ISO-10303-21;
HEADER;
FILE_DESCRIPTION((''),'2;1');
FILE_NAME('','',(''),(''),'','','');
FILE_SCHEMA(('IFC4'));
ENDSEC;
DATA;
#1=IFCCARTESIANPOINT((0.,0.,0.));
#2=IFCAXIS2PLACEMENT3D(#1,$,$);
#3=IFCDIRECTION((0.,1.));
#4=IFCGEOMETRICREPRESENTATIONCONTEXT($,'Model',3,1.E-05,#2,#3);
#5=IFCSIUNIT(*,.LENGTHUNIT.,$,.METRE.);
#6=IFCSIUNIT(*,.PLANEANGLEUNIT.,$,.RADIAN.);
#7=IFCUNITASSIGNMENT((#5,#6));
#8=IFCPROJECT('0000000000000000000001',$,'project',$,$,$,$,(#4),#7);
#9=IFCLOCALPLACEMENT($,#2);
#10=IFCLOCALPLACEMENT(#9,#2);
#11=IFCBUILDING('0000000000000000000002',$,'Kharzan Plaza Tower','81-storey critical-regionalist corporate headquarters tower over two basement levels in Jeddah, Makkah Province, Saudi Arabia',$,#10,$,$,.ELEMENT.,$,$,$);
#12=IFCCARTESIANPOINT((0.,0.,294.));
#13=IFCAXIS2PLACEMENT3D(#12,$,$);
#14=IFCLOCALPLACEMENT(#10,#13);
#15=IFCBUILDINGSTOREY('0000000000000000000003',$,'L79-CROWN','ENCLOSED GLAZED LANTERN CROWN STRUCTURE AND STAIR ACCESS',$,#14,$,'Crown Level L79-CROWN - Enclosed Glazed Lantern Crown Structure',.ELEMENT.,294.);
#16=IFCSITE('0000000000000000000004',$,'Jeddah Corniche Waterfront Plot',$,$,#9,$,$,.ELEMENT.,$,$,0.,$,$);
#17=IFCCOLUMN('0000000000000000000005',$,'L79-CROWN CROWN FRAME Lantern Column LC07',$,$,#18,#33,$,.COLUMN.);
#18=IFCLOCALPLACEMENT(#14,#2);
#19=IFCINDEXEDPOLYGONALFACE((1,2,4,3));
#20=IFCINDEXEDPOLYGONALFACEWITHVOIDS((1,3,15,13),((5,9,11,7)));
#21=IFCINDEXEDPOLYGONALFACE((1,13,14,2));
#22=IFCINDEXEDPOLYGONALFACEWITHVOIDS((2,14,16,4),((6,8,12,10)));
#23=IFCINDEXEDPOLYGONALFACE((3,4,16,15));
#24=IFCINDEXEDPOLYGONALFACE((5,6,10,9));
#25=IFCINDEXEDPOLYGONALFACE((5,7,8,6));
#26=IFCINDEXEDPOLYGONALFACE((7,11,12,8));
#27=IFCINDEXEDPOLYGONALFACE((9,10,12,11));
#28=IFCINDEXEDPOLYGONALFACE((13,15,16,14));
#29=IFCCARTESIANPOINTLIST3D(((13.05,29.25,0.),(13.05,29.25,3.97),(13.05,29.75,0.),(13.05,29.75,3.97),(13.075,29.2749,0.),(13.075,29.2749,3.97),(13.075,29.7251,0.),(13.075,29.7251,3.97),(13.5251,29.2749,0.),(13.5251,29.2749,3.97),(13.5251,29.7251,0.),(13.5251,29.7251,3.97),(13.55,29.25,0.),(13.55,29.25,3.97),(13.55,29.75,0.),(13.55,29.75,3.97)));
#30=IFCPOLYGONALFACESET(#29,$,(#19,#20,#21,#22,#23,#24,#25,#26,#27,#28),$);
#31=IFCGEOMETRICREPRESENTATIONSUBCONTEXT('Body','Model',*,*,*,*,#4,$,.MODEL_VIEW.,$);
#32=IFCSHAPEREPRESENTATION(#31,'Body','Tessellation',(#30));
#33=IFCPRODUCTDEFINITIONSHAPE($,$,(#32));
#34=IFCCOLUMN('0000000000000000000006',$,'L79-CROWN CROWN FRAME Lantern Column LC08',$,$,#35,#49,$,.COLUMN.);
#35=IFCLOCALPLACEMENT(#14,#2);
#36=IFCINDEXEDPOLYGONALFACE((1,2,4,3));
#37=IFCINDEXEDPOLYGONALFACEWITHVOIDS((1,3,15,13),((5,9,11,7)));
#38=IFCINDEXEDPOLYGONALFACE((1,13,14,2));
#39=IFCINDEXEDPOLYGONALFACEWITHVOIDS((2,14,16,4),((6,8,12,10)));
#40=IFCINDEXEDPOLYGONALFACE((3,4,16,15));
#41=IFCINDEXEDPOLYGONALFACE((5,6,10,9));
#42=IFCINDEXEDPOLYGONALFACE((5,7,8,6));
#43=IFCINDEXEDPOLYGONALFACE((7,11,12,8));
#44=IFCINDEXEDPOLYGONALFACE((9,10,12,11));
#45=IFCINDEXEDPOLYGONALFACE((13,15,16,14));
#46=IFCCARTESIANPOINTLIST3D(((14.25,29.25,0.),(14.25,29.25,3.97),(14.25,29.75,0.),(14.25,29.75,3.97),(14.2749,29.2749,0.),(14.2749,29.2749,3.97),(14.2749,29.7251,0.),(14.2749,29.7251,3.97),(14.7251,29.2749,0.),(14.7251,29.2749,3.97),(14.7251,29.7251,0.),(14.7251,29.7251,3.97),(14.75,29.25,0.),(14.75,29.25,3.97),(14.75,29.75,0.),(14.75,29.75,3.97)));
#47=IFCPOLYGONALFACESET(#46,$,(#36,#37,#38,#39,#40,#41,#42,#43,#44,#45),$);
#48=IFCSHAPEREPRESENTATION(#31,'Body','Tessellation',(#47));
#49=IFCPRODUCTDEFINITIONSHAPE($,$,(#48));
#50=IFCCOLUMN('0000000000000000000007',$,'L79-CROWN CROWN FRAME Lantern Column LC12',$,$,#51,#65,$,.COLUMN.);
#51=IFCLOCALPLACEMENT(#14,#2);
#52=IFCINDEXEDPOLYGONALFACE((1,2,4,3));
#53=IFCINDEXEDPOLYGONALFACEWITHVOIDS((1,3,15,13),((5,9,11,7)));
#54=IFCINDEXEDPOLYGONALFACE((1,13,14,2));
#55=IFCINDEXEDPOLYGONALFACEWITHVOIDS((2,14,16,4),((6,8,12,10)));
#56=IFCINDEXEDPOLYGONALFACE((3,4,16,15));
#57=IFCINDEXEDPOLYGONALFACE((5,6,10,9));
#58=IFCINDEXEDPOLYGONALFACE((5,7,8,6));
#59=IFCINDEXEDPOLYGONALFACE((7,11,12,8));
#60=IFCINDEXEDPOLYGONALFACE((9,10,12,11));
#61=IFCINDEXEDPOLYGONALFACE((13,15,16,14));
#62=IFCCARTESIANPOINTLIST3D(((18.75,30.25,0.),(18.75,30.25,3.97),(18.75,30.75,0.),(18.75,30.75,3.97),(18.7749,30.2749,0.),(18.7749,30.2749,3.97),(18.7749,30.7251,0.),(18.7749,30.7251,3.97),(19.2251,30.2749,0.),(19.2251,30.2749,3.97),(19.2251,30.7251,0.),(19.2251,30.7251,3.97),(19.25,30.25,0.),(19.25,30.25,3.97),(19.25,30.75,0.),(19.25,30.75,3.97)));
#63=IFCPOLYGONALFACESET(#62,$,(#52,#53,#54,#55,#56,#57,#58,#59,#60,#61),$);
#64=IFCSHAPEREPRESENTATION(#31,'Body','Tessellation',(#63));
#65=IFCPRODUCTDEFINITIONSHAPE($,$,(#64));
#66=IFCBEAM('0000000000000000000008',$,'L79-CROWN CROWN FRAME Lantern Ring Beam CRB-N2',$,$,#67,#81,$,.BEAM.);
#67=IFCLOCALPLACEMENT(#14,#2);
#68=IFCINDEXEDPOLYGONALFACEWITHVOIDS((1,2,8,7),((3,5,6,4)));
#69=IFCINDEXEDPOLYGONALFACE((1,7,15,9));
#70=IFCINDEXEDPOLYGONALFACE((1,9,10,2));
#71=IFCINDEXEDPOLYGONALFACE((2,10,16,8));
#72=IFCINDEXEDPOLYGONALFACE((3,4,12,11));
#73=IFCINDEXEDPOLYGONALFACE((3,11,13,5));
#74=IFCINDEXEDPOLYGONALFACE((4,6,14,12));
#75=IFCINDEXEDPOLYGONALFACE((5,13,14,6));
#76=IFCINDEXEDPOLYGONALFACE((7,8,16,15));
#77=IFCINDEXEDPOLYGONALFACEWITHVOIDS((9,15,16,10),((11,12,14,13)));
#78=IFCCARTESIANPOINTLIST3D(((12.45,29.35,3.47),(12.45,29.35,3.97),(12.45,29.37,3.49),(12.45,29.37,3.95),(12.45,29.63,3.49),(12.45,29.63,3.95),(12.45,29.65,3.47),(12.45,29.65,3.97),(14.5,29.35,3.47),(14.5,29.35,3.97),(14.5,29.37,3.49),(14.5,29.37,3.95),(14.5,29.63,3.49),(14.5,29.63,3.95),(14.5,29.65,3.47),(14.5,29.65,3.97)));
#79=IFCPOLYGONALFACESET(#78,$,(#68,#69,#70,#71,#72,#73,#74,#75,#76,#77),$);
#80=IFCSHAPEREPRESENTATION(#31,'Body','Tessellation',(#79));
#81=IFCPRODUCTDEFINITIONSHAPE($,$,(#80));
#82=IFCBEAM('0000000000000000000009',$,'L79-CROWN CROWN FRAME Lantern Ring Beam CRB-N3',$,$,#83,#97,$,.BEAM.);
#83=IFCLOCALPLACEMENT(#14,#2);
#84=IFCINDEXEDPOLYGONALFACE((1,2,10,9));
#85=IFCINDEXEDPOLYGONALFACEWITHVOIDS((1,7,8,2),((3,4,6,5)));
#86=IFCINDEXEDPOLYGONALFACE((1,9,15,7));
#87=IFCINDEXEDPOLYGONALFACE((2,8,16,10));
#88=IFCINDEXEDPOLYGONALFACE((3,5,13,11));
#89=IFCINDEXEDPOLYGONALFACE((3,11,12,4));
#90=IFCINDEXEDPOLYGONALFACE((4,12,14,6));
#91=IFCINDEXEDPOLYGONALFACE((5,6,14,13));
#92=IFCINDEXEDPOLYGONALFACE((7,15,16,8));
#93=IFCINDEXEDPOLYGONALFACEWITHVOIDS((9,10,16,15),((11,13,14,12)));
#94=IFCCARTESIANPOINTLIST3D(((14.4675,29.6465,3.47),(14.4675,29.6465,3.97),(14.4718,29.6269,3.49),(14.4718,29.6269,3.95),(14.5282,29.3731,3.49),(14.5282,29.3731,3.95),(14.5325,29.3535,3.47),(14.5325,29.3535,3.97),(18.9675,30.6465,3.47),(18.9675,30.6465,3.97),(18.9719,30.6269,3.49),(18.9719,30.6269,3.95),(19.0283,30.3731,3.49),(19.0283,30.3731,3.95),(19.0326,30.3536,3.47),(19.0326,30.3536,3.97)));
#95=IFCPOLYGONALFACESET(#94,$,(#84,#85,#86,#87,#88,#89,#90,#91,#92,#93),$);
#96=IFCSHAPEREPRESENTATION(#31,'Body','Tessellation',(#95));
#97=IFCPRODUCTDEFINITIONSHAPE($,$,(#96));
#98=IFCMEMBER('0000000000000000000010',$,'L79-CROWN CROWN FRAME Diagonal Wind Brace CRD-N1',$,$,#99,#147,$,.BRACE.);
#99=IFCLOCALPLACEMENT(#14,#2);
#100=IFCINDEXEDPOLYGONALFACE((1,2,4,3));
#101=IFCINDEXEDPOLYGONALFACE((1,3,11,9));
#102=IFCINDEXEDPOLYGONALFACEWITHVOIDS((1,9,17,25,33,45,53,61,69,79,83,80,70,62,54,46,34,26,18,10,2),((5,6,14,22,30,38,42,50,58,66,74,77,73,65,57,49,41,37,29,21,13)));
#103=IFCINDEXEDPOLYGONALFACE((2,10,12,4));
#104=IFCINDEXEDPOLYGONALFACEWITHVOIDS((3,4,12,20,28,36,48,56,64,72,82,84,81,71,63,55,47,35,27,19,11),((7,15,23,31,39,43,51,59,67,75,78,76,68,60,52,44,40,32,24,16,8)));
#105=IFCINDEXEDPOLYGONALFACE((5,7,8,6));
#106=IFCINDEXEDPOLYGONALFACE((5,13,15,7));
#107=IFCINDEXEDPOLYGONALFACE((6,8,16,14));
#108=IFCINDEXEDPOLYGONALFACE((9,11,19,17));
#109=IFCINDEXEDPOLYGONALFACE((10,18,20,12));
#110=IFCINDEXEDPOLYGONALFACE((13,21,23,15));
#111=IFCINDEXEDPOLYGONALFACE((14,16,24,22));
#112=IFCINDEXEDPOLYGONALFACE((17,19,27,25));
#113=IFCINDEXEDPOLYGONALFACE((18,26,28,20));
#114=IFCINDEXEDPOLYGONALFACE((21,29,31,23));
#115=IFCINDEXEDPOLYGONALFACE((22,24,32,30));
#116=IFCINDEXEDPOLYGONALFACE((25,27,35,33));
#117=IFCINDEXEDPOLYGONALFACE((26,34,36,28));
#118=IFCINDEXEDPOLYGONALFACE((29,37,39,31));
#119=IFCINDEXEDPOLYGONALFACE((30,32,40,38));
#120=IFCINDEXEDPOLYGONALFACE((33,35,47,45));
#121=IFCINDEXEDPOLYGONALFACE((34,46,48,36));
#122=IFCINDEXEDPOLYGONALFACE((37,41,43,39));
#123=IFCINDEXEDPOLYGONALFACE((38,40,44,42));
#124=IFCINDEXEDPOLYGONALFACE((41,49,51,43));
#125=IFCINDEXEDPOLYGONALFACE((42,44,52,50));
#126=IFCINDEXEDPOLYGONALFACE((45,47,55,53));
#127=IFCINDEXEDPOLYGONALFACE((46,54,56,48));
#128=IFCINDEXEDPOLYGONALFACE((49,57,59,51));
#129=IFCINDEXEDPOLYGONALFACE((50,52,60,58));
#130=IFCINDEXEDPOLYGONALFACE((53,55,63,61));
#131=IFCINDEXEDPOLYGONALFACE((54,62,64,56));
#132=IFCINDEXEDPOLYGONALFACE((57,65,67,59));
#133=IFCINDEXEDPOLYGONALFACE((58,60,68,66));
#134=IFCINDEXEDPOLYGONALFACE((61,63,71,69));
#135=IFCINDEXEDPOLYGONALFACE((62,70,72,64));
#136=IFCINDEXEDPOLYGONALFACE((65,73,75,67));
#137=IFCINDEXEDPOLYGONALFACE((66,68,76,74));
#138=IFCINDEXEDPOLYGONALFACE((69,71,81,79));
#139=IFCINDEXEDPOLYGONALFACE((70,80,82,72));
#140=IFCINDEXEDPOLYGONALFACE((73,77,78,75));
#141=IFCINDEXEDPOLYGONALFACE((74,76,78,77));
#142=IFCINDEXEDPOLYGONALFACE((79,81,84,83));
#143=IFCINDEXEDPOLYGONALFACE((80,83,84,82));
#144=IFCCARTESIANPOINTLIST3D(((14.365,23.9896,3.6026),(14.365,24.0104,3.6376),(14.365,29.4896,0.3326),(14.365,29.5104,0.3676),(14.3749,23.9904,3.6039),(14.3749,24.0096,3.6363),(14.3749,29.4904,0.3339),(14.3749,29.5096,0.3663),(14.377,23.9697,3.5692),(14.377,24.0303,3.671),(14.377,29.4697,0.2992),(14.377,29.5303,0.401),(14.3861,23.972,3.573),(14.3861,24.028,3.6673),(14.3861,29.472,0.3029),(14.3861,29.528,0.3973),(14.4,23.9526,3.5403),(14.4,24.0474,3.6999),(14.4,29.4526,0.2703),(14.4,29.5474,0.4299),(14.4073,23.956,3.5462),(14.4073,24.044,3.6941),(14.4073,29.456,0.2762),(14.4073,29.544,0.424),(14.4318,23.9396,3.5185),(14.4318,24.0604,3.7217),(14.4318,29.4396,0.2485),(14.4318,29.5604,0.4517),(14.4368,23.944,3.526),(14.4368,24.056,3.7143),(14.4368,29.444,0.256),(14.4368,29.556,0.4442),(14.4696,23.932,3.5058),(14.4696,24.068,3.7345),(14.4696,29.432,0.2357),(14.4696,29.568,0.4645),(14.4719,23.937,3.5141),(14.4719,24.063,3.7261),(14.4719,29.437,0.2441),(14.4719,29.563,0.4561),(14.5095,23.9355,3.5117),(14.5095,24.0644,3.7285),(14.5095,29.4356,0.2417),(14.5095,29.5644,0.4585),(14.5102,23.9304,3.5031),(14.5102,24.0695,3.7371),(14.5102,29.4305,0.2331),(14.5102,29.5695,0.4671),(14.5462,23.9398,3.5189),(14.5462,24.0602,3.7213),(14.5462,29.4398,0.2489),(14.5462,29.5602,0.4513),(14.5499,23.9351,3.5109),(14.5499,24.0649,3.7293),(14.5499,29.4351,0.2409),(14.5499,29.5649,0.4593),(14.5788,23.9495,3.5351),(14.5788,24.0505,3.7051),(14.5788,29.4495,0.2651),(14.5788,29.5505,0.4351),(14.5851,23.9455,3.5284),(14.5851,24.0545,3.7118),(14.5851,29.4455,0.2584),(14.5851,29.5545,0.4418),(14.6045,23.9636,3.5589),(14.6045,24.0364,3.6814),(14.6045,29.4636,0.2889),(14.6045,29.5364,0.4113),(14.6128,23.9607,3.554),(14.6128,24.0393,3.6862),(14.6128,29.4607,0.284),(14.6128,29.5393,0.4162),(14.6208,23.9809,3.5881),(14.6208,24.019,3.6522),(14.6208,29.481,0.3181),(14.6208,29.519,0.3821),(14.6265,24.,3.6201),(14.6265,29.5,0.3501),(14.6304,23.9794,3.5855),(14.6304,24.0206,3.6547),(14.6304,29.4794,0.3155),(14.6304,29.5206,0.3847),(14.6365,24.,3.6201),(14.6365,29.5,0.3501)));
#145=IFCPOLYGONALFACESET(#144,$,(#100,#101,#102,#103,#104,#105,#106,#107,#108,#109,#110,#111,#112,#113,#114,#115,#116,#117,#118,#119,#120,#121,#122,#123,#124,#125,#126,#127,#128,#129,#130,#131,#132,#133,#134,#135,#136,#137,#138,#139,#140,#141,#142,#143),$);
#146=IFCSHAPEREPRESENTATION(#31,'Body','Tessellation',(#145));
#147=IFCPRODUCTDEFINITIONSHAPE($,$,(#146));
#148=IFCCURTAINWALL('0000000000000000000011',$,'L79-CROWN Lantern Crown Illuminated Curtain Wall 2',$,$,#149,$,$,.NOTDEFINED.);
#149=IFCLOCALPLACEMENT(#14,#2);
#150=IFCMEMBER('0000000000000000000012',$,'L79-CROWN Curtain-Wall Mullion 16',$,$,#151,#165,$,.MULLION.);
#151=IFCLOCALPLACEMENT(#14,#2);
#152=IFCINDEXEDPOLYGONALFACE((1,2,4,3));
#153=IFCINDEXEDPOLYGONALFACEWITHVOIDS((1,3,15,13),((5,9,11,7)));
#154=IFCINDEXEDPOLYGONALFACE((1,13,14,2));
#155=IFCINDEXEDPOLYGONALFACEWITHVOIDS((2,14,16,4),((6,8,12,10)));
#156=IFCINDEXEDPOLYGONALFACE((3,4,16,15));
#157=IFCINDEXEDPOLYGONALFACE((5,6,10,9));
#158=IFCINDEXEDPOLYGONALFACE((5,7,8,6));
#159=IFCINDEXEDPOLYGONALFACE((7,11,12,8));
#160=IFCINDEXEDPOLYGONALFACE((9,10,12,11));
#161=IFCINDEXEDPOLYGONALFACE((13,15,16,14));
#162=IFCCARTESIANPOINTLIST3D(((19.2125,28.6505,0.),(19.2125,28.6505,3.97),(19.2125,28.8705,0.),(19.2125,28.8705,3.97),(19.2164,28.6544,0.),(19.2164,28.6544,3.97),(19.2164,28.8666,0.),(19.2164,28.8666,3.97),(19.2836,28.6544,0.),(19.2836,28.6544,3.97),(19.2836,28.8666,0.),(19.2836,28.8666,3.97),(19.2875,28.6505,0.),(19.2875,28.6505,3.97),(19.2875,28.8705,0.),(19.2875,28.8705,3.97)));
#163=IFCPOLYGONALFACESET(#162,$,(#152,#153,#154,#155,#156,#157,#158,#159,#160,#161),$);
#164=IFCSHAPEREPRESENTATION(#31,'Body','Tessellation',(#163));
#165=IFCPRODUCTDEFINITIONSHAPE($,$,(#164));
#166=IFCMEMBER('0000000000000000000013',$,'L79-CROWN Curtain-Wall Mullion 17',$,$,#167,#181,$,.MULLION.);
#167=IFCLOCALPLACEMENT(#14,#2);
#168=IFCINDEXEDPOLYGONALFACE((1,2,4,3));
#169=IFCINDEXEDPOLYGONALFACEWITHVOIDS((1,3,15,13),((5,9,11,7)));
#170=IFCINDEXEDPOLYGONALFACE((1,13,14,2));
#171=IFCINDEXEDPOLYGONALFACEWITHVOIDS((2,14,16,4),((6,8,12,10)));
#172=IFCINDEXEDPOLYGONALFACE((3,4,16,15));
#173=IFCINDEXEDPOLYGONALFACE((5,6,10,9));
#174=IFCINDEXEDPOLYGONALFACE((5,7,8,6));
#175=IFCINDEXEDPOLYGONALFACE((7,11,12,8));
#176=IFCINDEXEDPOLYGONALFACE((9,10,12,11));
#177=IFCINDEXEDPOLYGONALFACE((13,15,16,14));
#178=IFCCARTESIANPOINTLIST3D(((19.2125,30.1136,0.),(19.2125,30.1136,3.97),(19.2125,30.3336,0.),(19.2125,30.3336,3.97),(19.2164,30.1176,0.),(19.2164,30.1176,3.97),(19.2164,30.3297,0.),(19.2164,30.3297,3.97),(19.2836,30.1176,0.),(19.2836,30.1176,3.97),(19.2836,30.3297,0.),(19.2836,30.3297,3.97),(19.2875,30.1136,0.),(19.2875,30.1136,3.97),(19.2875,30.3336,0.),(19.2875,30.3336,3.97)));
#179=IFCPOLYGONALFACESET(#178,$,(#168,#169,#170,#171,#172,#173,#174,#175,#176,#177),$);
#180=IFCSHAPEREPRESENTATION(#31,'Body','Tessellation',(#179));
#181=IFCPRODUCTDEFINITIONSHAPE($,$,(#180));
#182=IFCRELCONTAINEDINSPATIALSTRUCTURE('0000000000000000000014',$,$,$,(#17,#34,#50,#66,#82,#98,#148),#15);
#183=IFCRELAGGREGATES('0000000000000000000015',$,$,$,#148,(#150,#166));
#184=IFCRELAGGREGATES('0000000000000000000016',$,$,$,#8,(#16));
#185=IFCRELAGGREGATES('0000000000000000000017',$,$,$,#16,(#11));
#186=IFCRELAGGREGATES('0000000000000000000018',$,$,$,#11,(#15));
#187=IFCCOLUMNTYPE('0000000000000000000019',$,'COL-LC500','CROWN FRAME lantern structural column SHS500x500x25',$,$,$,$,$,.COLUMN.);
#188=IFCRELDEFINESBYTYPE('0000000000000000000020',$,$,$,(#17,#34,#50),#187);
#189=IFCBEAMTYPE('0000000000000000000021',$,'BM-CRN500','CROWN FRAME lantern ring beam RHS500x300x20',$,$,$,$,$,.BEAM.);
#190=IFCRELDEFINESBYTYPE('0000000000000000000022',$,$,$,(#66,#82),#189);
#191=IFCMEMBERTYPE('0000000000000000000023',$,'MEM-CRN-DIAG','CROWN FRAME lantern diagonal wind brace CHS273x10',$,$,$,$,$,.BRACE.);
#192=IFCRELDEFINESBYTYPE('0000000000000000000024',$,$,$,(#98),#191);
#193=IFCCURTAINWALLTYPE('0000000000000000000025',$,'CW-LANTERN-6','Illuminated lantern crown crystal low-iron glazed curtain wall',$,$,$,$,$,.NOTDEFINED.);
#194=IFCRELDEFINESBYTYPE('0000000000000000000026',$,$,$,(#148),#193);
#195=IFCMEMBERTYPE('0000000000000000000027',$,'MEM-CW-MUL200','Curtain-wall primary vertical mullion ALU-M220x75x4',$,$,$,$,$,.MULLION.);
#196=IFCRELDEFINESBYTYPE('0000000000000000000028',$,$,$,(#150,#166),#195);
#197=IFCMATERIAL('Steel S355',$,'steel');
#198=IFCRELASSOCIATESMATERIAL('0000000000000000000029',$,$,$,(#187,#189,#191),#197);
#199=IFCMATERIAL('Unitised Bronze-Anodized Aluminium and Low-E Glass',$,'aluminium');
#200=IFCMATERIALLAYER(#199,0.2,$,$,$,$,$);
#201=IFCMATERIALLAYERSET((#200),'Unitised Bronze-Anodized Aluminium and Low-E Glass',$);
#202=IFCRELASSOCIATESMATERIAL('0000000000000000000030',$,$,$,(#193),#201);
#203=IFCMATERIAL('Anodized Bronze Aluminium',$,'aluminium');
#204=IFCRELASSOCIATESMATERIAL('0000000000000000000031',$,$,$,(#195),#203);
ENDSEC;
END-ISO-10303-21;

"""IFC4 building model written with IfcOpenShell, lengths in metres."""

from ifc_helpers import new_model, si_unit, direction, frame, origin, origin_2d, place, context, subcontext, project, spatial, hollow_rectangle, hollow_circle, extrude, source, transform, mapped, material, layer, layer_set, material_profile, profile_set, type_object, element, aggregate, save


model = new_model("IFC4")

# Units and contexts
model_context = context("Model", 3, precision=1e-05, world=origin(), true_north=direction((0.0, 1.0)))
body_context = subcontext(model_context, "Body", "Model", "MODEL_VIEW")
ifc_project = project(units=[si_unit("LENGTHUNIT", "METRE"), si_unit("PLANEANGLEUNIT", "RADIAN")], contexts=[model_context])

# Site, building, storey
site_placement = place(None, origin())
site = spatial("IfcSite", under=ifc_project, at=site_placement, Name="Jeddah Corniche Waterfront Plot", CompositionType="ELEMENT", RefElevation=0.0)
building_placement = place(site_placement, origin())
building = spatial("IfcBuilding", under=site, at=building_placement, Name="Kharzan Plaza Tower", Description="81-storey critical-regionalist corporate headquarters tower over two basement levels in Jeddah, Makkah Province, Saudi Arabia", CompositionType="ELEMENT")
storey_placement = place(building_placement, frame((0.0, 0.0, 294.0)))
storey = spatial("IfcBuildingStorey", under=building, at=storey_placement, Name="L79-CROWN", Description="ENCLOSED GLAZED LANTERN CROWN STRUCTURE AND STAIR ACCESS", LongName="Crown Level L79-CROWN - Enclosed Glazed Lantern Crown Structure", CompositionType="ELEMENT", Elevation=294.0)

# Columns
ifc_material_1 = material(Name="Steel S355", Category="steel")
ifc_material_profile_1 = material_profile(ifc_material_1, hollow_rectangle(XDim=0.5, YDim=0.5, WallThickness=0.0249, at=origin_2d()), Name="SHS500x500x25")
ifc_profile_set_1 = profile_set([ifc_material_profile_1], Name="Steel S355")
column_type = type_object("IfcColumnType", Name="COL-LC500", Description="CROWN FRAME lantern structural column SHS500x500x25", PredefinedType="COLUMN", material=ifc_profile_set_1)
shared_shape_1 = source(origin(), body_context, "Body", "SweptSolid", [
    extrude(hollow_rectangle(XDim=0.5, YDim=0.5, WallThickness=0.0249, at=origin_2d()), origin(), (0.0, 0.0, 1.0), 3.97),
])
for number, where, z_axis, x_axis, name in (
    (1, (13.3, 29.5, 0.0), (0.0, 0.0, 1.0), (1.0, 0.0, 0.0), "L79-CROWN CROWN FRAME Lantern Column LC07"),
    (2, (14.5, 29.5, 0.0), (0.0, 0.0, 1.0), (1.0, 0.0, 0.0), "L79-CROWN CROWN FRAME Lantern Column LC08"),
    (3, (19.0, 30.5, 0.0), (0.0, 0.0, 1.0), (1.0, 0.0, 0.0), "L79-CROWN CROWN FRAME Lantern Column LC12"),
):
    element("IfcColumn", number, at=place(storey_placement, frame(where, z_axis=z_axis, x_axis=x_axis)), inside=storey, type_object=column_type, Name=name, PredefinedType="COLUMN", context=body_context, shape_type="MappedRepresentation", body=[
        mapped(shared_shape_1, transform((0.0, 0.0, 0.0), x_axis=(1.0, 0.0, 0.0), y_axis=(0.0, 1.0, 0.0), z_axis=(0.0, 0.0, 1.0))),
    ])

# Beams
ifc_material_profile_2 = material_profile(ifc_material_1, hollow_rectangle(XDim=0.3, YDim=0.5, WallThickness=0.02, at=origin_2d()), Name="RHS500x300x20")
ifc_profile_set_2 = profile_set([ifc_material_profile_2], Name="Steel S355")
beam_type = type_object("IfcBeamType", Name="BM-CRN500", Description="CROWN FRAME lantern ring beam RHS500x300x20", PredefinedType="BEAM", material=ifc_profile_set_2)
shared_shape_2 = source(origin(), body_context, "Body", "SweptSolid", [
    extrude(hollow_rectangle(XDim=0.3, YDim=0.5, WallThickness=0.02, at=origin_2d()), origin(), (0.0, 0.0, 1.0), 2.05),
])
beam_1_placement = place(storey_placement, frame((12.45, 29.5, 3.72), z_axis=(1.0, 0.0, 0.0), x_axis=(0.0, 1.0, 0.0)))
element("IfcBeam", 4, at=beam_1_placement, inside=storey, type_object=beam_type, Name="L79-CROWN CROWN FRAME Lantern Ring Beam CRB-N2", PredefinedType="BEAM", context=body_context, shape_type="MappedRepresentation", body=[
    mapped(shared_shape_2, transform((0.0, 0.0, 0.0), x_axis=(1.0, 0.0, 0.0), y_axis=(0.0, 1.0, 0.0), z_axis=(0.0, 0.0, 1.0))),
])
shared_shape_3 = source(origin(), body_context, "Body", "SweptSolid", [
    extrude(hollow_rectangle(XDim=0.3, YDim=0.5, WallThickness=0.02, at=origin_2d()), origin(), (0.0, 0.0, 1.0), 4.6099),
])
beam_2_placement = place(storey_placement, frame((14.5, 29.5, 3.72), z_axis=(0.976187, 0.21693, 0.0), x_axis=(-0.21693, 0.976187, 0.0)))
element("IfcBeam", 5, at=beam_2_placement, inside=storey, type_object=beam_type, Name="L79-CROWN CROWN FRAME Lantern Ring Beam CRB-N3", PredefinedType="BEAM", context=body_context, shape_type="MappedRepresentation", body=[
    mapped(shared_shape_3, transform((0.0, 0.0, 0.0), x_axis=(1.0, 0.0, 0.0), y_axis=(0.0, 1.0, 0.0), z_axis=(0.0, 0.0, 1.0))),
])

# Member
ifc_material_profile_3 = material_profile(ifc_material_1, hollow_circle(Radius=0.1365, WallThickness=0.01, at=origin_2d()), Name="CHS273x10")
ifc_profile_set_3 = profile_set([ifc_material_profile_3], Name="Steel S355")
member_type_1 = type_object("IfcMemberType", Name="MEM-CRN-DIAG", Description="CROWN FRAME lantern diagonal wind brace CHS273x10", PredefinedType="BRACE", material=ifc_profile_set_3)
shared_shape_4 = source(origin(), body_context, "Body", "SweptSolid", [
    extrude(hollow_circle(Radius=0.1365, WallThickness=0.01, at=origin_2d()), origin(), (0.0, 0.0, 1.0), 6.3987),
])
member_1_placement = place(storey_placement, frame((14.5, 29.5, 0.3501), z_axis=(0.0, -0.859553, 0.511046), x_axis=(1.0, 0.0, 0.0)))
element("IfcMember", 6, at=member_1_placement, inside=storey, type_object=member_type_1, Name="L79-CROWN CROWN FRAME Diagonal Wind Brace CRD-N1", PredefinedType="BRACE", context=body_context, shape_type="MappedRepresentation", body=[
    mapped(shared_shape_4, transform((0.0, 0.0, 0.0), x_axis=(1.0, 0.0, 0.0), y_axis=(0.0, 1.0, 0.0), z_axis=(0.0, 0.0, 1.0))),
])

# Curtain wall, members
ifc_material_2 = material(Name="Unitised Bronze-Anodized Aluminium and Low-E Glass", Category="aluminium")
ifc_layer_1 = layer(ifc_material_2, 0.2)
ifc_layer_set_1 = layer_set([ifc_layer_1], Name="Unitised Bronze-Anodized Aluminium and Low-E Glass")
curtain_wall_type = type_object("IfcCurtainWallType", Name="CW-LANTERN-6", Description="Illuminated lantern crown crystal low-iron glazed curtain wall", PredefinedType="NOTDEFINED", material=ifc_layer_set_1)
curtain_wall_1_placement = place(storey_placement, origin())
curtain_wall_1 = element("IfcCurtainWall", 7, at=curtain_wall_1_placement, inside=storey, type_object=curtain_wall_type, Name="L79-CROWN Lantern Crown Illuminated Curtain Wall 2", PredefinedType="NOTDEFINED")
ifc_material_3 = material(Name="Anodized Bronze Aluminium", Category="aluminium")
ifc_material_profile_4 = material_profile(ifc_material_3, hollow_rectangle(XDim=0.075, YDim=0.22, WallThickness=0.0039, at=origin_2d()), Name="ALU-M220x75x4")
ifc_profile_set_4 = profile_set([ifc_material_profile_4], Name="Anodized Bronze Aluminium")
member_type_2 = type_object("IfcMemberType", Name="MEM-CW-MUL200", Description="Curtain-wall primary vertical mullion ALU-M220x75x4", PredefinedType="MULLION", material=ifc_profile_set_4)
shared_shape_5 = source(origin(), body_context, "Body", "SweptSolid", [
    extrude(hollow_rectangle(XDim=0.075, YDim=0.22, WallThickness=0.0039, at=origin_2d()), origin(), (0.0, 0.0, 1.0), 3.97),
])
member_2_placement = place(storey_placement, frame((19.25, 28.7605, 0.0), z_axis=(0.0, 0.0, 1.0), x_axis=(1.0, 0.0, 0.0)))
member_2 = element("IfcMember", 8, at=member_2_placement, type_object=member_type_2, Name="L79-CROWN Curtain-Wall Mullion 16", PredefinedType="MULLION", context=body_context, shape_type="MappedRepresentation", body=[
    mapped(shared_shape_5, transform((0.0, 0.0, 0.0), x_axis=(1.0, 0.0, 0.0), y_axis=(0.0, 1.0, 0.0), z_axis=(0.0, 0.0, 1.0))),
])
member_3_placement = place(storey_placement, frame((19.25, 30.2236, 0.0), z_axis=(0.0, 0.0, 1.0), x_axis=(1.0, 0.0, 0.0)))
member_3 = element("IfcMember", 9, at=member_3_placement, type_object=member_type_2, Name="L79-CROWN Curtain-Wall Mullion 17", PredefinedType="MULLION", context=body_context, shape_type="MappedRepresentation", body=[
    mapped(shared_shape_5, transform((0.0, 0.0, 0.0), x_axis=(1.0, 0.0, 0.0), y_axis=(0.0, 1.0, 0.0), z_axis=(0.0, 0.0, 1.0))),
])

aggregate(curtain_wall_1, [member_2, member_3])

save(model, "model.ifc")
